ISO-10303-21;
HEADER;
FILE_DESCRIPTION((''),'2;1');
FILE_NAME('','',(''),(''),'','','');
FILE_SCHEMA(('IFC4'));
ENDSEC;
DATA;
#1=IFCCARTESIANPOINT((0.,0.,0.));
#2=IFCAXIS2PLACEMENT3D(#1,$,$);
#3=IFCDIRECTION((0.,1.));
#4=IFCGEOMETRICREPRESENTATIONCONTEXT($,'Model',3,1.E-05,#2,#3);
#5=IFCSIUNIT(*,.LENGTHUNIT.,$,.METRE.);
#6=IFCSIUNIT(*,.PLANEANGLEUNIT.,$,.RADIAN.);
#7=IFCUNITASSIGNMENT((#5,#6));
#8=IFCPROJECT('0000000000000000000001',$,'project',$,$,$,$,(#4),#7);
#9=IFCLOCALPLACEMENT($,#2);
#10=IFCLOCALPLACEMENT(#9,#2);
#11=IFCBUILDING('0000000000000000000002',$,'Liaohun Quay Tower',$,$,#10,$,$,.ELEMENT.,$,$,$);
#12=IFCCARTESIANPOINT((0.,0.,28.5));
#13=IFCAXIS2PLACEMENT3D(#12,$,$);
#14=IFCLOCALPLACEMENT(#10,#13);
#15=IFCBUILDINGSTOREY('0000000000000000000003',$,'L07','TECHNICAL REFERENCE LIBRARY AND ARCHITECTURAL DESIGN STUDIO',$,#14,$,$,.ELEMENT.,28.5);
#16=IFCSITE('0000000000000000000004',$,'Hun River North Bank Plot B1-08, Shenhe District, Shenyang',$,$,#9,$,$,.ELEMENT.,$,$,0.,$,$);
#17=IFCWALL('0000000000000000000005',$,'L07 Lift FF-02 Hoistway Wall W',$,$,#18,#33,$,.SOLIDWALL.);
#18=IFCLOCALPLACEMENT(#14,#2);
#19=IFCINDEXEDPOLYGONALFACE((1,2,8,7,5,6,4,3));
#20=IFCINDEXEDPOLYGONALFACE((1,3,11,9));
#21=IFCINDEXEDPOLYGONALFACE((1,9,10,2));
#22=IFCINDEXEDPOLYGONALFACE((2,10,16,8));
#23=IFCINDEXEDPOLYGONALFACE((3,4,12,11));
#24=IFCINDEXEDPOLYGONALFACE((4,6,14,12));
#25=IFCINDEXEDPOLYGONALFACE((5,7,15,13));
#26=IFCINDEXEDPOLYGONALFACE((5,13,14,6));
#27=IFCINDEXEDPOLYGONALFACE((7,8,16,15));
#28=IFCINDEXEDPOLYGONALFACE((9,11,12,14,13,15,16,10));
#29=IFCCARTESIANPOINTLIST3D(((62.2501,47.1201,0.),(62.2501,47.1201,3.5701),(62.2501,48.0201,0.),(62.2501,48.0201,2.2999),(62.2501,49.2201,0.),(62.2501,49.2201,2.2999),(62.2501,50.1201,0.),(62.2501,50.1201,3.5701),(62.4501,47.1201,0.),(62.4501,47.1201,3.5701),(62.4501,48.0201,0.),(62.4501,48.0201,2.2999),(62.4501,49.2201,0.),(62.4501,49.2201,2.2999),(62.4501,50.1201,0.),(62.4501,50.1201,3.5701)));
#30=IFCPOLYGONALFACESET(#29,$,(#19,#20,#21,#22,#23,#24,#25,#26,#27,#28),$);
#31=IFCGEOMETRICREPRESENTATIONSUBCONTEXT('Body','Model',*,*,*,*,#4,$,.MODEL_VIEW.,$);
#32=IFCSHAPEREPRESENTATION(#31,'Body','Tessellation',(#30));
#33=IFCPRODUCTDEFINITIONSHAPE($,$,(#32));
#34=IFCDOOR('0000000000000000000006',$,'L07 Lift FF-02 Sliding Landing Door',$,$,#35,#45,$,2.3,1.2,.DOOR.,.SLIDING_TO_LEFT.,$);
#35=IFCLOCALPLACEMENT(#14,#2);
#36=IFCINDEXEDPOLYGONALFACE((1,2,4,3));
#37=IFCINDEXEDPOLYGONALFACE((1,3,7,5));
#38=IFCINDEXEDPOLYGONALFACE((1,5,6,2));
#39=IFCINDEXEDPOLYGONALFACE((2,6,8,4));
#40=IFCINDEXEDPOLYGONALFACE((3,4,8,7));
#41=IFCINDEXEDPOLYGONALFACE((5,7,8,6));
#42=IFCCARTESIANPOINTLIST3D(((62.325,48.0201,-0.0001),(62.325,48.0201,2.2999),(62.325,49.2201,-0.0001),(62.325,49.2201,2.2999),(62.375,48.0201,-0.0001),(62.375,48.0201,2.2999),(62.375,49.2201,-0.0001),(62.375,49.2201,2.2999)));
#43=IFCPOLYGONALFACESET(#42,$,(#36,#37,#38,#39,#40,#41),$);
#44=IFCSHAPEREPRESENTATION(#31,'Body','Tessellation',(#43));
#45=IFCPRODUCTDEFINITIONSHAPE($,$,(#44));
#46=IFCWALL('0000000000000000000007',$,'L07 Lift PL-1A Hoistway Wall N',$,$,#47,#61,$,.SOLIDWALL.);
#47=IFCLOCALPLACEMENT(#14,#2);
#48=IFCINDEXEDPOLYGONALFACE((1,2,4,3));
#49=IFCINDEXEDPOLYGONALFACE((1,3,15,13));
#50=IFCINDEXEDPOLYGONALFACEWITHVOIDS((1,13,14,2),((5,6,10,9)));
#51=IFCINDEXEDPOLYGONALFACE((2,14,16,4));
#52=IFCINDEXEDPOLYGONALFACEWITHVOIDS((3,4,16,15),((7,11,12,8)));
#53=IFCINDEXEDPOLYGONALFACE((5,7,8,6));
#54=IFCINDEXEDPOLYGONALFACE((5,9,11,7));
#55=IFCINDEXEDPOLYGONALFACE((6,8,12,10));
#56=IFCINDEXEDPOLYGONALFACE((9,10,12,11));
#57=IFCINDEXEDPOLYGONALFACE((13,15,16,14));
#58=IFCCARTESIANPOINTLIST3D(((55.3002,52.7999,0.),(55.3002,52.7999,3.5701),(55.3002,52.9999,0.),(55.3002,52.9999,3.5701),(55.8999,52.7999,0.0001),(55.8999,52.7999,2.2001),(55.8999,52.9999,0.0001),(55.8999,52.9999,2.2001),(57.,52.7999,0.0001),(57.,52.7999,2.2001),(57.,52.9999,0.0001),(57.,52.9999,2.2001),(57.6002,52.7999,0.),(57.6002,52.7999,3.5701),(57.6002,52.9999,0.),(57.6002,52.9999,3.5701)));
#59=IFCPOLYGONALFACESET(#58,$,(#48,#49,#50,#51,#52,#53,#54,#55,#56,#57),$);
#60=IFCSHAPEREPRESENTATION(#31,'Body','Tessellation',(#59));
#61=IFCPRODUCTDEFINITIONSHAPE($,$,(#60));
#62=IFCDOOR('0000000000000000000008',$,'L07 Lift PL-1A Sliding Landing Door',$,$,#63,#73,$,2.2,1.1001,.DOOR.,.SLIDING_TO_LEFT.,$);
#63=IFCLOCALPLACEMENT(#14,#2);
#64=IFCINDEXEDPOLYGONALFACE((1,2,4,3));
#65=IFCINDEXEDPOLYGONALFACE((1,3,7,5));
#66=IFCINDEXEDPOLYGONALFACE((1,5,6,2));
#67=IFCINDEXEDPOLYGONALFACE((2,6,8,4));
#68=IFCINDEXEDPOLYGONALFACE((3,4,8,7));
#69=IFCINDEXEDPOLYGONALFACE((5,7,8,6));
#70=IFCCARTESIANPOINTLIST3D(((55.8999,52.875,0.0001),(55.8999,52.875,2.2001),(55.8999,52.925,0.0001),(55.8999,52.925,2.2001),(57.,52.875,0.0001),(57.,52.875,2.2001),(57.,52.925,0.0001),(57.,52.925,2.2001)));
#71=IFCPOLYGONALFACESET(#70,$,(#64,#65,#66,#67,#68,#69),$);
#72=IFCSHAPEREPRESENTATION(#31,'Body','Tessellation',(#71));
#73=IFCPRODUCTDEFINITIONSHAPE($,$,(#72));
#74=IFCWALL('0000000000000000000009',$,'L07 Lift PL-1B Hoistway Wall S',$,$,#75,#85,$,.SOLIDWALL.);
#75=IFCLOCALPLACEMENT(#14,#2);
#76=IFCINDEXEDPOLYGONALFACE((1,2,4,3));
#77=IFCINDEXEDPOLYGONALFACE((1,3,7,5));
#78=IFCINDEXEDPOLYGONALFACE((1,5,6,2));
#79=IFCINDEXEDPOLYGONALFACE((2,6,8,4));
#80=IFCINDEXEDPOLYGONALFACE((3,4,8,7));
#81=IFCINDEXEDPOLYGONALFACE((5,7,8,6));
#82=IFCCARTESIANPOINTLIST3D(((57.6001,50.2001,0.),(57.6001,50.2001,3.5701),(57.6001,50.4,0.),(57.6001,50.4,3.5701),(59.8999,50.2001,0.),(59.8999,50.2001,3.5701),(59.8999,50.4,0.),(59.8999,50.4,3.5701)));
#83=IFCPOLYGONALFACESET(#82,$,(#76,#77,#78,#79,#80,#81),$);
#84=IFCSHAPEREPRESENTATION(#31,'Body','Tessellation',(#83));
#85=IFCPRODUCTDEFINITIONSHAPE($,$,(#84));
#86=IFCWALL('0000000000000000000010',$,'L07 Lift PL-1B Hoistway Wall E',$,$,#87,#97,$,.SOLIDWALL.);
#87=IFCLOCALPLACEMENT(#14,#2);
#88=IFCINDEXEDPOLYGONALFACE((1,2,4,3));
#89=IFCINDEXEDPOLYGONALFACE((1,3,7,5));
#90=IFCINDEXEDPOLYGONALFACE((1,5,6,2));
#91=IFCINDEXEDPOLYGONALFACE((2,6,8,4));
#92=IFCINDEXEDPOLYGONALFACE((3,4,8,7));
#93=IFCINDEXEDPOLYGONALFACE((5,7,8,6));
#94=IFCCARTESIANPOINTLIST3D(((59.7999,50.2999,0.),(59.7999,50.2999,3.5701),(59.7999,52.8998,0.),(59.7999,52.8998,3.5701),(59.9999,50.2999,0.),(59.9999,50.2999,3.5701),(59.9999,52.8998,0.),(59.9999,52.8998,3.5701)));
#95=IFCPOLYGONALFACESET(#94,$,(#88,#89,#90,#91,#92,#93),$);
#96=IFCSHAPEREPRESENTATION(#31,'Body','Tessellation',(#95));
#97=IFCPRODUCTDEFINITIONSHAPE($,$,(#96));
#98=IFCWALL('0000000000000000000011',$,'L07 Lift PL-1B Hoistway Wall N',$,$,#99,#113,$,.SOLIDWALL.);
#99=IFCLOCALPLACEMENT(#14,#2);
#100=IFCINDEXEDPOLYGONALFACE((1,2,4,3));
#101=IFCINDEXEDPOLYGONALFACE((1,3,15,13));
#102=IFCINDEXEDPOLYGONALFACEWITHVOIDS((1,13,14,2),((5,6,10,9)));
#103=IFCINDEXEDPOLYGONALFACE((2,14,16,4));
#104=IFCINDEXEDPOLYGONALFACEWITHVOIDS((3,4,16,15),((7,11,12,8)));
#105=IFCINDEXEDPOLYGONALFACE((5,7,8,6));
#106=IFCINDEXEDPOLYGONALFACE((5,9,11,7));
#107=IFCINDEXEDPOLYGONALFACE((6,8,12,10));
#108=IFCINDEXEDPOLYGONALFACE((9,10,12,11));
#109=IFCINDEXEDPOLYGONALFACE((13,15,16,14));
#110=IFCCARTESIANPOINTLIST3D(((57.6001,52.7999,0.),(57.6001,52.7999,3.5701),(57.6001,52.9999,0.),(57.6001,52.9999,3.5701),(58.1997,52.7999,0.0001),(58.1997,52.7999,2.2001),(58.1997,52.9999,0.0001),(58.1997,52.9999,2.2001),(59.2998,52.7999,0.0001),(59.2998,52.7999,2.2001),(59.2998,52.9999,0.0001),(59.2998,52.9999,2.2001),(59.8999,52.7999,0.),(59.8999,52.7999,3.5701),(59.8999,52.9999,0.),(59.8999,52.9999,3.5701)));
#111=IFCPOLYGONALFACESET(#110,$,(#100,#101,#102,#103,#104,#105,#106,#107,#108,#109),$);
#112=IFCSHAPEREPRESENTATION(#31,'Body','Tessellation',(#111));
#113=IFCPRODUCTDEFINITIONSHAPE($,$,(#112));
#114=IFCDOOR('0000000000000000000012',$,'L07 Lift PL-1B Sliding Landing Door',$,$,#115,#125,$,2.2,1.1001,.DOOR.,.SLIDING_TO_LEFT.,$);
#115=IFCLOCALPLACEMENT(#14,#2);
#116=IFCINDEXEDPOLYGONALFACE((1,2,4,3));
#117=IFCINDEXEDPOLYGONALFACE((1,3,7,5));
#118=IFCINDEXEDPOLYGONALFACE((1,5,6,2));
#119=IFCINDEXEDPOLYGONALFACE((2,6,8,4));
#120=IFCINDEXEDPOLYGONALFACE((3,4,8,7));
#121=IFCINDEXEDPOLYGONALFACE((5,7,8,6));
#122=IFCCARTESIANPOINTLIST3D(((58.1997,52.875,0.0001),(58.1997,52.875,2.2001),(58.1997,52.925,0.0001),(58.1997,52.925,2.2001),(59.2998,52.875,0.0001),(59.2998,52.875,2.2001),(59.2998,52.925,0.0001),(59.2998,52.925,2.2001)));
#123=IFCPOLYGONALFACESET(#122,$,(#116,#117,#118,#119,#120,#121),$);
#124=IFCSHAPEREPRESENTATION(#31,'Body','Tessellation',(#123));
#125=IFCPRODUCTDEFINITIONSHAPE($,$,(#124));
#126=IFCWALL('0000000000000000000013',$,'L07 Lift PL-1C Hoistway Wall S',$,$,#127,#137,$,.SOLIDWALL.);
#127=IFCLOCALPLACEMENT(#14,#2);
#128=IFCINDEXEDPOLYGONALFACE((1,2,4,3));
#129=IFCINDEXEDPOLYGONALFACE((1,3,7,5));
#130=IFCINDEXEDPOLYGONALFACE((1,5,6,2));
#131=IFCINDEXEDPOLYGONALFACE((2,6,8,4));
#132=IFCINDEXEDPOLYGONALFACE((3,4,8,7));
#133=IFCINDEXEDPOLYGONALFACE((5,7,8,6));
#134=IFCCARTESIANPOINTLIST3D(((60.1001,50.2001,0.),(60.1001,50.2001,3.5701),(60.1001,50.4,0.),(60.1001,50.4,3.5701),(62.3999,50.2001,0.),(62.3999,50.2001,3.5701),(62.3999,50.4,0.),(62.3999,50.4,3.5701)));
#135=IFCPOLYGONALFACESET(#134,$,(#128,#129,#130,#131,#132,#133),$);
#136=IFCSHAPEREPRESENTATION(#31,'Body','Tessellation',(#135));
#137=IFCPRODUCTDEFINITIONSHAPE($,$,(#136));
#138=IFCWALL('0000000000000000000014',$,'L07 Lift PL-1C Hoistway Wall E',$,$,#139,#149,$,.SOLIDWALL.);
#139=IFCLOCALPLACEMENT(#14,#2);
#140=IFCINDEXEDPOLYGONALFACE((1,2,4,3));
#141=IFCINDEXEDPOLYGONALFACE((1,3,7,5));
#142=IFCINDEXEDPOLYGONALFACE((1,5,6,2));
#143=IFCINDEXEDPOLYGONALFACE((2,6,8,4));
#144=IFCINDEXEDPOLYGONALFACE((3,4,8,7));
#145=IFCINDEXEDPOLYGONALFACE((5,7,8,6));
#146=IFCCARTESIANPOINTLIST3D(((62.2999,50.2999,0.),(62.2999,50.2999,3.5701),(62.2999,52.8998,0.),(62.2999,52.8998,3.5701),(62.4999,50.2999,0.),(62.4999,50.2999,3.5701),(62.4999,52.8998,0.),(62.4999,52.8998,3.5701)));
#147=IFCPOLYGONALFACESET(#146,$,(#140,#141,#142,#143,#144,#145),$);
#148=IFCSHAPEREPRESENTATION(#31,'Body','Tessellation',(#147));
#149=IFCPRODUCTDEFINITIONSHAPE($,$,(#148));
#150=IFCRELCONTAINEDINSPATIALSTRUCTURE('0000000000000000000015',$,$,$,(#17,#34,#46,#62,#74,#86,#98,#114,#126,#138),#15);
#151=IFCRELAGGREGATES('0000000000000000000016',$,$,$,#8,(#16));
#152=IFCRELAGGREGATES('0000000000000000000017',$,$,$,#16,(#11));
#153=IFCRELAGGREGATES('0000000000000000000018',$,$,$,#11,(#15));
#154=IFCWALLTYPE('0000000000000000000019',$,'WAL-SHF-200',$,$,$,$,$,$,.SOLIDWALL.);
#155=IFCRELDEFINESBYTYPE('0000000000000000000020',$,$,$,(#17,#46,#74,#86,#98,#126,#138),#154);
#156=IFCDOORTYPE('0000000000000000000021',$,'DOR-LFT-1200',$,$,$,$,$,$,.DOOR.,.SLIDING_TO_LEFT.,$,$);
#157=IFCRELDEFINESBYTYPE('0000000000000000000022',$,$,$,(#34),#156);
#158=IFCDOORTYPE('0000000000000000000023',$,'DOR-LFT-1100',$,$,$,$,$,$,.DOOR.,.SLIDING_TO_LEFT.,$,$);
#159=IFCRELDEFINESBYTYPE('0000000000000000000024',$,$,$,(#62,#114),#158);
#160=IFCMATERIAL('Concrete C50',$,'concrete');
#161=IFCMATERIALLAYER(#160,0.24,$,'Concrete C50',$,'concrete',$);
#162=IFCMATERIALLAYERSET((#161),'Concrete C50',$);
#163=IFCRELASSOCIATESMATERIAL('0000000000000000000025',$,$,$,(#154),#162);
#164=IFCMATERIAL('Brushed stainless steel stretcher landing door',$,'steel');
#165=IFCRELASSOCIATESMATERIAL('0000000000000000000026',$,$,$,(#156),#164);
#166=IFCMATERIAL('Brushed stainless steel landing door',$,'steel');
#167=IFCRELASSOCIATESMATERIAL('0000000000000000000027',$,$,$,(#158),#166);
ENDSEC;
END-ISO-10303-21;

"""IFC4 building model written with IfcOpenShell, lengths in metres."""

from ifc_helpers import new_model, si_unit, direction, frame, frame_2d, origin, place, context, subcontext, project, spatial, rectangle, extrude, source, transform, mapped, material, layer, layer_set, type_object, element, fill, save


model = new_model("IFC4")

# Units and contexts
model_context = context("Model", 3, precision=1e-05, world=origin(), true_north=direction((0.0, 1.0)))
body_context = subcontext(model_context, "Body", "Model", "MODEL_VIEW")
ifc_project = project(units=[si_unit("LENGTHUNIT", "METRE"), si_unit("PLANEANGLEUNIT", "RADIAN")], contexts=[model_context])

# Site, building, storey
site_placement = place(None, origin())
site = spatial("IfcSite", under=ifc_project, at=site_placement, Name="Hun River North Bank Plot B1-08, Shenhe District, Shenyang", CompositionType="ELEMENT", RefElevation=0.0)
building_placement = place(site_placement, origin())
building = spatial("IfcBuilding", under=site, at=building_placement, Name="Liaohun Quay Tower", CompositionType="ELEMENT")
storey_placement = place(building_placement, frame((0.0, 0.0, 28.5)))
storey = spatial("IfcBuildingStorey", under=building, at=storey_placement, Name="L07", Description="TECHNICAL REFERENCE LIBRARY AND ARCHITECTURAL DESIGN STUDIO", CompositionType="ELEMENT", Elevation=28.5)

# Shared definitions
ifc_material_1 = material(Name="Concrete C50", Category="concrete")
ifc_layer_1 = layer(ifc_material_1, 0.24, Name="Concrete C50", Category="concrete")
ifc_layer_set_1 = layer_set([ifc_layer_1], Name="Concrete C50")
wall_type_1 = type_object("IfcWallType", Name="WAL-SHF-200", PredefinedType="SOLIDWALL", material=ifc_layer_set_1)

# Shared definitions
shared_shape_1 = source(origin(), body_context, "Body", "SweptSolid", [
    extrude(rectangle(XDim=1.2, YDim=2.3, at=frame_2d((0.6001, 1.1499))), frame((0.0, 0.1099, 0.0), z_axis=(0.0, -1.0, 0.0), x_axis=(1.0, 0.0, 0.0)), (0.0, 0.0, 1.0), 0.22),
])
ifc_material_2 = material(Name="Brushed stainless steel stretcher landing door", Category="steel")
door_type_1 = type_object("IfcDoorType", Name="DOR-LFT-1200", OperationType="SLIDING_TO_LEFT", PredefinedType="DOOR", material=ifc_material_2)
shared_shape_2 = source(origin(), body_context, "Body", "SweptSolid", [
    extrude(rectangle(XDim=1.2, YDim=2.3, at=frame_2d((0.6001, 1.1499))), frame((0.0, 0.0249, 0.0), z_axis=(0.0, -1.0, 0.0), x_axis=(1.0, 0.0, 0.0)), (0.0, 0.0, 1.0), 0.05),
])

# Walls, openings, doors
wall_1_placement = place(storey_placement, frame((62.3501, 50.1201, 0.0), z_axis=(0.0, 0.0, 1.0), x_axis=(0.0, -1.0, 0.0)))
wall_1 = element("IfcWall", 1, at=wall_1_placement, inside=storey, type_object=wall_type_1, Name="L07 Lift FF-02 Hoistway Wall W", PredefinedType="SOLIDWALL", context=body_context, shape_type="SweptSolid", body=[
    extrude(rectangle(XDim=3.0, YDim=0.2, at=frame_2d((1.5, 0.0))), origin(), (0.0, 0.0, 1.0), 3.5701),
])
opening_1_placement = place(wall_1_placement, frame((0.8999, 0.0, 0.0)))
opening_1 = element("IfcOpeningElement", 2, at=opening_1_placement, cuts=wall_1, PredefinedType="OPENING", context=body_context, shape_type="MappedRepresentation", body=[
    mapped(shared_shape_1, transform((0.0, 0.0, 0.0), x_axis=(1.0, 0.0, 0.0), y_axis=(0.0, 1.0, 0.0), z_axis=(0.0, 0.0, 1.0), scale=1.0)),
])
door_1_placement = place(opening_1_placement, origin())
door_1 = element("IfcDoor", 3, at=door_1_placement, inside=storey, type_object=door_type_1, Name="L07 Lift FF-02 Sliding Landing Door", OperationType="SLIDING_TO_LEFT", OverallHeight=2.3, OverallWidth=1.2, PredefinedType="DOOR", context=body_context, shape_type="MappedRepresentation", body=[
    mapped(shared_shape_2, transform((0.0, 0.0, 0.0), x_axis=(1.0, 0.0, 0.0), y_axis=(0.0, 1.0, 0.0), z_axis=(0.0, 0.0, 1.0), scale=1.0)),
])
fill(opening_1, door_1)
wall_2_placement = place(storey_placement, frame((57.6001, 52.8999, 0.0), z_axis=(0.0, 0.0, 1.0), x_axis=(-1.0, 0.0, 0.0)))
wall_2 = element("IfcWall", 4, at=wall_2_placement, inside=storey, type_object=wall_type_1, Name="L07 Lift PL-1A Hoistway Wall N", PredefinedType="SOLIDWALL", context=body_context, shape_type="SweptSolid", body=[
    extrude(rectangle(XDim=2.3, YDim=0.2, at=frame_2d((1.1499, 0.0))), origin(), (0.0, 0.0, 1.0), 3.5701),
])
shared_shape_3 = source(origin(), body_context, "Body", "SweptSolid", [
    extrude(rectangle(XDim=1.1001, YDim=2.2, at=frame_2d((0.55, 1.1001))), frame((0.0, 0.1099, 0.0), z_axis=(0.0, -1.0, 0.0), x_axis=(1.0, 0.0, 0.0)), (0.0, 0.0, 1.0), 0.22),
])
opening_2_placement = place(wall_2_placement, frame((0.6001, 0.0, 0.0)))
opening_2 = element("IfcOpeningElement", 5, at=opening_2_placement, cuts=wall_2, PredefinedType="OPENING", context=body_context, shape_type="MappedRepresentation", body=[
    mapped(shared_shape_3, transform((0.0, 0.0, 0.0), x_axis=(1.0, 0.0, 0.0), y_axis=(0.0, 1.0, 0.0), z_axis=(0.0, 0.0, 1.0), scale=1.0)),
])
ifc_material_3 = material(Name="Brushed stainless steel landing door", Category="steel")
door_type_2 = type_object("IfcDoorType", Name="DOR-LFT-1100", OperationType="SLIDING_TO_LEFT", PredefinedType="DOOR", material=ifc_material_3)
shared_shape_4 = source(origin(), body_context, "Body", "SweptSolid", [
    extrude(rectangle(XDim=1.1001, YDim=2.2, at=frame_2d((0.55, 1.1001))), frame((0.0, 0.0249, 0.0), z_axis=(0.0, -1.0, 0.0), x_axis=(1.0, 0.0, 0.0)), (0.0, 0.0, 1.0), 0.05),
])
door_2_placement = place(opening_2_placement, origin())
door_2 = element("IfcDoor", 6, at=door_2_placement, inside=storey, type_object=door_type_2, Name="L07 Lift PL-1A Sliding Landing Door", OperationType="SLIDING_TO_LEFT", OverallHeight=2.2, OverallWidth=1.1001, PredefinedType="DOOR", context=body_context, shape_type="MappedRepresentation", body=[
    mapped(shared_shape_4, transform((0.0, 0.0, 0.0), x_axis=(1.0, 0.0, 0.0), y_axis=(0.0, 1.0, 0.0), z_axis=(0.0, 0.0, 1.0), scale=1.0)),
])
fill(opening_2, door_2)

# Walls
wall_3_placement = place(storey_placement, frame((57.6001, 50.3, 0.0), z_axis=(0.0, 0.0, 1.0), x_axis=(1.0, 0.0, 0.0)))
element("IfcWall", 7, at=wall_3_placement, inside=storey, type_object=wall_type_1, Name="L07 Lift PL-1B Hoistway Wall S", PredefinedType="SOLIDWALL", context=body_context, shape_type="SweptSolid", body=[
    extrude(rectangle(XDim=2.2998, YDim=0.2, at=frame_2d((1.1499, 0.0))), origin(), (0.0, 0.0, 1.0), 3.5701),
])
wall_4_placement = place(storey_placement, frame((59.8999, 50.3, 0.0), z_axis=(0.0, 0.0, 1.0), x_axis=(0.0, 1.0, 0.0)))
element("IfcWall", 8, at=wall_4_placement, inside=storey, type_object=wall_type_1, Name="L07 Lift PL-1B Hoistway Wall E", PredefinedType="SOLIDWALL", context=body_context, shape_type="SweptSolid", body=[
    extrude(rectangle(XDim=2.5999, YDim=0.2, at=frame_2d((1.2998, 0.0))), origin(), (0.0, 0.0, 1.0), 3.5701),
])

# Wall, opening, door
wall_5_placement = place(storey_placement, frame((59.8999, 52.8999, 0.0), z_axis=(0.0, 0.0, 1.0), x_axis=(-1.0, 0.0, 0.0)))
wall_5 = element("IfcWall", 9, at=wall_5_placement, inside=storey, type_object=wall_type_1, Name="L07 Lift PL-1B Hoistway Wall N", PredefinedType="SOLIDWALL", context=body_context, shape_type="SweptSolid", body=[
    extrude(rectangle(XDim=2.2998, YDim=0.2, at=frame_2d((1.1499, 0.0))), origin(), (0.0, 0.0, 1.0), 3.5701),
])
opening_3_placement = place(wall_5_placement, frame((0.6001, 0.0, 0.0)))
opening_3 = element("IfcOpeningElement", 10, at=opening_3_placement, cuts=wall_5, PredefinedType="OPENING", context=body_context, shape_type="MappedRepresentation", body=[
    mapped(shared_shape_3, transform((0.0, 0.0, 0.0), x_axis=(1.0, 0.0, 0.0), y_axis=(0.0, 1.0, 0.0), z_axis=(0.0, 0.0, 1.0), scale=1.0)),
])
door_3_placement = place(opening_3_placement, origin())
door_3 = element("IfcDoor", 11, at=door_3_placement, inside=storey, type_object=door_type_2, Name="L07 Lift PL-1B Sliding Landing Door", OperationType="SLIDING_TO_LEFT", OverallHeight=2.2, OverallWidth=1.1001, PredefinedType="DOOR", context=body_context, shape_type="MappedRepresentation", body=[
    mapped(shared_shape_4, transform((0.0, 0.0, 0.0), x_axis=(1.0, 0.0, 0.0), y_axis=(0.0, 1.0, 0.0), z_axis=(0.0, 0.0, 1.0), scale=1.0)),
])
fill(opening_3, door_3)

# Walls
wall_6_placement = place(storey_placement, frame((60.1001, 50.3, 0.0), z_axis=(0.0, 0.0, 1.0), x_axis=(1.0, 0.0, 0.0)))
element("IfcWall", 12, at=wall_6_placement, inside=storey, type_object=wall_type_1, Name="L07 Lift PL-1C Hoistway Wall S", PredefinedType="SOLIDWALL", context=body_context, shape_type="SweptSolid", body=[
    extrude(rectangle(XDim=2.2998, YDim=0.2, at=frame_2d((1.1499, 0.0))), origin(), (0.0, 0.0, 1.0), 3.5701),
])
wall_7_placement = place(storey_placement, frame((62.3999, 50.3, 0.0), z_axis=(0.0, 0.0, 1.0), x_axis=(0.0, 1.0, 0.0)))
element("IfcWall", 13, at=wall_7_placement, inside=storey, type_object=wall_type_1, Name="L07 Lift PL-1C Hoistway Wall E", PredefinedType="SOLIDWALL", context=body_context, shape_type="SweptSolid", body=[
    extrude(rectangle(XDim=2.5999, YDim=0.2, at=frame_2d((1.2998, 0.0))), origin(), (0.0, 0.0, 1.0), 3.5701),
])

save(model, "model.ifc")
